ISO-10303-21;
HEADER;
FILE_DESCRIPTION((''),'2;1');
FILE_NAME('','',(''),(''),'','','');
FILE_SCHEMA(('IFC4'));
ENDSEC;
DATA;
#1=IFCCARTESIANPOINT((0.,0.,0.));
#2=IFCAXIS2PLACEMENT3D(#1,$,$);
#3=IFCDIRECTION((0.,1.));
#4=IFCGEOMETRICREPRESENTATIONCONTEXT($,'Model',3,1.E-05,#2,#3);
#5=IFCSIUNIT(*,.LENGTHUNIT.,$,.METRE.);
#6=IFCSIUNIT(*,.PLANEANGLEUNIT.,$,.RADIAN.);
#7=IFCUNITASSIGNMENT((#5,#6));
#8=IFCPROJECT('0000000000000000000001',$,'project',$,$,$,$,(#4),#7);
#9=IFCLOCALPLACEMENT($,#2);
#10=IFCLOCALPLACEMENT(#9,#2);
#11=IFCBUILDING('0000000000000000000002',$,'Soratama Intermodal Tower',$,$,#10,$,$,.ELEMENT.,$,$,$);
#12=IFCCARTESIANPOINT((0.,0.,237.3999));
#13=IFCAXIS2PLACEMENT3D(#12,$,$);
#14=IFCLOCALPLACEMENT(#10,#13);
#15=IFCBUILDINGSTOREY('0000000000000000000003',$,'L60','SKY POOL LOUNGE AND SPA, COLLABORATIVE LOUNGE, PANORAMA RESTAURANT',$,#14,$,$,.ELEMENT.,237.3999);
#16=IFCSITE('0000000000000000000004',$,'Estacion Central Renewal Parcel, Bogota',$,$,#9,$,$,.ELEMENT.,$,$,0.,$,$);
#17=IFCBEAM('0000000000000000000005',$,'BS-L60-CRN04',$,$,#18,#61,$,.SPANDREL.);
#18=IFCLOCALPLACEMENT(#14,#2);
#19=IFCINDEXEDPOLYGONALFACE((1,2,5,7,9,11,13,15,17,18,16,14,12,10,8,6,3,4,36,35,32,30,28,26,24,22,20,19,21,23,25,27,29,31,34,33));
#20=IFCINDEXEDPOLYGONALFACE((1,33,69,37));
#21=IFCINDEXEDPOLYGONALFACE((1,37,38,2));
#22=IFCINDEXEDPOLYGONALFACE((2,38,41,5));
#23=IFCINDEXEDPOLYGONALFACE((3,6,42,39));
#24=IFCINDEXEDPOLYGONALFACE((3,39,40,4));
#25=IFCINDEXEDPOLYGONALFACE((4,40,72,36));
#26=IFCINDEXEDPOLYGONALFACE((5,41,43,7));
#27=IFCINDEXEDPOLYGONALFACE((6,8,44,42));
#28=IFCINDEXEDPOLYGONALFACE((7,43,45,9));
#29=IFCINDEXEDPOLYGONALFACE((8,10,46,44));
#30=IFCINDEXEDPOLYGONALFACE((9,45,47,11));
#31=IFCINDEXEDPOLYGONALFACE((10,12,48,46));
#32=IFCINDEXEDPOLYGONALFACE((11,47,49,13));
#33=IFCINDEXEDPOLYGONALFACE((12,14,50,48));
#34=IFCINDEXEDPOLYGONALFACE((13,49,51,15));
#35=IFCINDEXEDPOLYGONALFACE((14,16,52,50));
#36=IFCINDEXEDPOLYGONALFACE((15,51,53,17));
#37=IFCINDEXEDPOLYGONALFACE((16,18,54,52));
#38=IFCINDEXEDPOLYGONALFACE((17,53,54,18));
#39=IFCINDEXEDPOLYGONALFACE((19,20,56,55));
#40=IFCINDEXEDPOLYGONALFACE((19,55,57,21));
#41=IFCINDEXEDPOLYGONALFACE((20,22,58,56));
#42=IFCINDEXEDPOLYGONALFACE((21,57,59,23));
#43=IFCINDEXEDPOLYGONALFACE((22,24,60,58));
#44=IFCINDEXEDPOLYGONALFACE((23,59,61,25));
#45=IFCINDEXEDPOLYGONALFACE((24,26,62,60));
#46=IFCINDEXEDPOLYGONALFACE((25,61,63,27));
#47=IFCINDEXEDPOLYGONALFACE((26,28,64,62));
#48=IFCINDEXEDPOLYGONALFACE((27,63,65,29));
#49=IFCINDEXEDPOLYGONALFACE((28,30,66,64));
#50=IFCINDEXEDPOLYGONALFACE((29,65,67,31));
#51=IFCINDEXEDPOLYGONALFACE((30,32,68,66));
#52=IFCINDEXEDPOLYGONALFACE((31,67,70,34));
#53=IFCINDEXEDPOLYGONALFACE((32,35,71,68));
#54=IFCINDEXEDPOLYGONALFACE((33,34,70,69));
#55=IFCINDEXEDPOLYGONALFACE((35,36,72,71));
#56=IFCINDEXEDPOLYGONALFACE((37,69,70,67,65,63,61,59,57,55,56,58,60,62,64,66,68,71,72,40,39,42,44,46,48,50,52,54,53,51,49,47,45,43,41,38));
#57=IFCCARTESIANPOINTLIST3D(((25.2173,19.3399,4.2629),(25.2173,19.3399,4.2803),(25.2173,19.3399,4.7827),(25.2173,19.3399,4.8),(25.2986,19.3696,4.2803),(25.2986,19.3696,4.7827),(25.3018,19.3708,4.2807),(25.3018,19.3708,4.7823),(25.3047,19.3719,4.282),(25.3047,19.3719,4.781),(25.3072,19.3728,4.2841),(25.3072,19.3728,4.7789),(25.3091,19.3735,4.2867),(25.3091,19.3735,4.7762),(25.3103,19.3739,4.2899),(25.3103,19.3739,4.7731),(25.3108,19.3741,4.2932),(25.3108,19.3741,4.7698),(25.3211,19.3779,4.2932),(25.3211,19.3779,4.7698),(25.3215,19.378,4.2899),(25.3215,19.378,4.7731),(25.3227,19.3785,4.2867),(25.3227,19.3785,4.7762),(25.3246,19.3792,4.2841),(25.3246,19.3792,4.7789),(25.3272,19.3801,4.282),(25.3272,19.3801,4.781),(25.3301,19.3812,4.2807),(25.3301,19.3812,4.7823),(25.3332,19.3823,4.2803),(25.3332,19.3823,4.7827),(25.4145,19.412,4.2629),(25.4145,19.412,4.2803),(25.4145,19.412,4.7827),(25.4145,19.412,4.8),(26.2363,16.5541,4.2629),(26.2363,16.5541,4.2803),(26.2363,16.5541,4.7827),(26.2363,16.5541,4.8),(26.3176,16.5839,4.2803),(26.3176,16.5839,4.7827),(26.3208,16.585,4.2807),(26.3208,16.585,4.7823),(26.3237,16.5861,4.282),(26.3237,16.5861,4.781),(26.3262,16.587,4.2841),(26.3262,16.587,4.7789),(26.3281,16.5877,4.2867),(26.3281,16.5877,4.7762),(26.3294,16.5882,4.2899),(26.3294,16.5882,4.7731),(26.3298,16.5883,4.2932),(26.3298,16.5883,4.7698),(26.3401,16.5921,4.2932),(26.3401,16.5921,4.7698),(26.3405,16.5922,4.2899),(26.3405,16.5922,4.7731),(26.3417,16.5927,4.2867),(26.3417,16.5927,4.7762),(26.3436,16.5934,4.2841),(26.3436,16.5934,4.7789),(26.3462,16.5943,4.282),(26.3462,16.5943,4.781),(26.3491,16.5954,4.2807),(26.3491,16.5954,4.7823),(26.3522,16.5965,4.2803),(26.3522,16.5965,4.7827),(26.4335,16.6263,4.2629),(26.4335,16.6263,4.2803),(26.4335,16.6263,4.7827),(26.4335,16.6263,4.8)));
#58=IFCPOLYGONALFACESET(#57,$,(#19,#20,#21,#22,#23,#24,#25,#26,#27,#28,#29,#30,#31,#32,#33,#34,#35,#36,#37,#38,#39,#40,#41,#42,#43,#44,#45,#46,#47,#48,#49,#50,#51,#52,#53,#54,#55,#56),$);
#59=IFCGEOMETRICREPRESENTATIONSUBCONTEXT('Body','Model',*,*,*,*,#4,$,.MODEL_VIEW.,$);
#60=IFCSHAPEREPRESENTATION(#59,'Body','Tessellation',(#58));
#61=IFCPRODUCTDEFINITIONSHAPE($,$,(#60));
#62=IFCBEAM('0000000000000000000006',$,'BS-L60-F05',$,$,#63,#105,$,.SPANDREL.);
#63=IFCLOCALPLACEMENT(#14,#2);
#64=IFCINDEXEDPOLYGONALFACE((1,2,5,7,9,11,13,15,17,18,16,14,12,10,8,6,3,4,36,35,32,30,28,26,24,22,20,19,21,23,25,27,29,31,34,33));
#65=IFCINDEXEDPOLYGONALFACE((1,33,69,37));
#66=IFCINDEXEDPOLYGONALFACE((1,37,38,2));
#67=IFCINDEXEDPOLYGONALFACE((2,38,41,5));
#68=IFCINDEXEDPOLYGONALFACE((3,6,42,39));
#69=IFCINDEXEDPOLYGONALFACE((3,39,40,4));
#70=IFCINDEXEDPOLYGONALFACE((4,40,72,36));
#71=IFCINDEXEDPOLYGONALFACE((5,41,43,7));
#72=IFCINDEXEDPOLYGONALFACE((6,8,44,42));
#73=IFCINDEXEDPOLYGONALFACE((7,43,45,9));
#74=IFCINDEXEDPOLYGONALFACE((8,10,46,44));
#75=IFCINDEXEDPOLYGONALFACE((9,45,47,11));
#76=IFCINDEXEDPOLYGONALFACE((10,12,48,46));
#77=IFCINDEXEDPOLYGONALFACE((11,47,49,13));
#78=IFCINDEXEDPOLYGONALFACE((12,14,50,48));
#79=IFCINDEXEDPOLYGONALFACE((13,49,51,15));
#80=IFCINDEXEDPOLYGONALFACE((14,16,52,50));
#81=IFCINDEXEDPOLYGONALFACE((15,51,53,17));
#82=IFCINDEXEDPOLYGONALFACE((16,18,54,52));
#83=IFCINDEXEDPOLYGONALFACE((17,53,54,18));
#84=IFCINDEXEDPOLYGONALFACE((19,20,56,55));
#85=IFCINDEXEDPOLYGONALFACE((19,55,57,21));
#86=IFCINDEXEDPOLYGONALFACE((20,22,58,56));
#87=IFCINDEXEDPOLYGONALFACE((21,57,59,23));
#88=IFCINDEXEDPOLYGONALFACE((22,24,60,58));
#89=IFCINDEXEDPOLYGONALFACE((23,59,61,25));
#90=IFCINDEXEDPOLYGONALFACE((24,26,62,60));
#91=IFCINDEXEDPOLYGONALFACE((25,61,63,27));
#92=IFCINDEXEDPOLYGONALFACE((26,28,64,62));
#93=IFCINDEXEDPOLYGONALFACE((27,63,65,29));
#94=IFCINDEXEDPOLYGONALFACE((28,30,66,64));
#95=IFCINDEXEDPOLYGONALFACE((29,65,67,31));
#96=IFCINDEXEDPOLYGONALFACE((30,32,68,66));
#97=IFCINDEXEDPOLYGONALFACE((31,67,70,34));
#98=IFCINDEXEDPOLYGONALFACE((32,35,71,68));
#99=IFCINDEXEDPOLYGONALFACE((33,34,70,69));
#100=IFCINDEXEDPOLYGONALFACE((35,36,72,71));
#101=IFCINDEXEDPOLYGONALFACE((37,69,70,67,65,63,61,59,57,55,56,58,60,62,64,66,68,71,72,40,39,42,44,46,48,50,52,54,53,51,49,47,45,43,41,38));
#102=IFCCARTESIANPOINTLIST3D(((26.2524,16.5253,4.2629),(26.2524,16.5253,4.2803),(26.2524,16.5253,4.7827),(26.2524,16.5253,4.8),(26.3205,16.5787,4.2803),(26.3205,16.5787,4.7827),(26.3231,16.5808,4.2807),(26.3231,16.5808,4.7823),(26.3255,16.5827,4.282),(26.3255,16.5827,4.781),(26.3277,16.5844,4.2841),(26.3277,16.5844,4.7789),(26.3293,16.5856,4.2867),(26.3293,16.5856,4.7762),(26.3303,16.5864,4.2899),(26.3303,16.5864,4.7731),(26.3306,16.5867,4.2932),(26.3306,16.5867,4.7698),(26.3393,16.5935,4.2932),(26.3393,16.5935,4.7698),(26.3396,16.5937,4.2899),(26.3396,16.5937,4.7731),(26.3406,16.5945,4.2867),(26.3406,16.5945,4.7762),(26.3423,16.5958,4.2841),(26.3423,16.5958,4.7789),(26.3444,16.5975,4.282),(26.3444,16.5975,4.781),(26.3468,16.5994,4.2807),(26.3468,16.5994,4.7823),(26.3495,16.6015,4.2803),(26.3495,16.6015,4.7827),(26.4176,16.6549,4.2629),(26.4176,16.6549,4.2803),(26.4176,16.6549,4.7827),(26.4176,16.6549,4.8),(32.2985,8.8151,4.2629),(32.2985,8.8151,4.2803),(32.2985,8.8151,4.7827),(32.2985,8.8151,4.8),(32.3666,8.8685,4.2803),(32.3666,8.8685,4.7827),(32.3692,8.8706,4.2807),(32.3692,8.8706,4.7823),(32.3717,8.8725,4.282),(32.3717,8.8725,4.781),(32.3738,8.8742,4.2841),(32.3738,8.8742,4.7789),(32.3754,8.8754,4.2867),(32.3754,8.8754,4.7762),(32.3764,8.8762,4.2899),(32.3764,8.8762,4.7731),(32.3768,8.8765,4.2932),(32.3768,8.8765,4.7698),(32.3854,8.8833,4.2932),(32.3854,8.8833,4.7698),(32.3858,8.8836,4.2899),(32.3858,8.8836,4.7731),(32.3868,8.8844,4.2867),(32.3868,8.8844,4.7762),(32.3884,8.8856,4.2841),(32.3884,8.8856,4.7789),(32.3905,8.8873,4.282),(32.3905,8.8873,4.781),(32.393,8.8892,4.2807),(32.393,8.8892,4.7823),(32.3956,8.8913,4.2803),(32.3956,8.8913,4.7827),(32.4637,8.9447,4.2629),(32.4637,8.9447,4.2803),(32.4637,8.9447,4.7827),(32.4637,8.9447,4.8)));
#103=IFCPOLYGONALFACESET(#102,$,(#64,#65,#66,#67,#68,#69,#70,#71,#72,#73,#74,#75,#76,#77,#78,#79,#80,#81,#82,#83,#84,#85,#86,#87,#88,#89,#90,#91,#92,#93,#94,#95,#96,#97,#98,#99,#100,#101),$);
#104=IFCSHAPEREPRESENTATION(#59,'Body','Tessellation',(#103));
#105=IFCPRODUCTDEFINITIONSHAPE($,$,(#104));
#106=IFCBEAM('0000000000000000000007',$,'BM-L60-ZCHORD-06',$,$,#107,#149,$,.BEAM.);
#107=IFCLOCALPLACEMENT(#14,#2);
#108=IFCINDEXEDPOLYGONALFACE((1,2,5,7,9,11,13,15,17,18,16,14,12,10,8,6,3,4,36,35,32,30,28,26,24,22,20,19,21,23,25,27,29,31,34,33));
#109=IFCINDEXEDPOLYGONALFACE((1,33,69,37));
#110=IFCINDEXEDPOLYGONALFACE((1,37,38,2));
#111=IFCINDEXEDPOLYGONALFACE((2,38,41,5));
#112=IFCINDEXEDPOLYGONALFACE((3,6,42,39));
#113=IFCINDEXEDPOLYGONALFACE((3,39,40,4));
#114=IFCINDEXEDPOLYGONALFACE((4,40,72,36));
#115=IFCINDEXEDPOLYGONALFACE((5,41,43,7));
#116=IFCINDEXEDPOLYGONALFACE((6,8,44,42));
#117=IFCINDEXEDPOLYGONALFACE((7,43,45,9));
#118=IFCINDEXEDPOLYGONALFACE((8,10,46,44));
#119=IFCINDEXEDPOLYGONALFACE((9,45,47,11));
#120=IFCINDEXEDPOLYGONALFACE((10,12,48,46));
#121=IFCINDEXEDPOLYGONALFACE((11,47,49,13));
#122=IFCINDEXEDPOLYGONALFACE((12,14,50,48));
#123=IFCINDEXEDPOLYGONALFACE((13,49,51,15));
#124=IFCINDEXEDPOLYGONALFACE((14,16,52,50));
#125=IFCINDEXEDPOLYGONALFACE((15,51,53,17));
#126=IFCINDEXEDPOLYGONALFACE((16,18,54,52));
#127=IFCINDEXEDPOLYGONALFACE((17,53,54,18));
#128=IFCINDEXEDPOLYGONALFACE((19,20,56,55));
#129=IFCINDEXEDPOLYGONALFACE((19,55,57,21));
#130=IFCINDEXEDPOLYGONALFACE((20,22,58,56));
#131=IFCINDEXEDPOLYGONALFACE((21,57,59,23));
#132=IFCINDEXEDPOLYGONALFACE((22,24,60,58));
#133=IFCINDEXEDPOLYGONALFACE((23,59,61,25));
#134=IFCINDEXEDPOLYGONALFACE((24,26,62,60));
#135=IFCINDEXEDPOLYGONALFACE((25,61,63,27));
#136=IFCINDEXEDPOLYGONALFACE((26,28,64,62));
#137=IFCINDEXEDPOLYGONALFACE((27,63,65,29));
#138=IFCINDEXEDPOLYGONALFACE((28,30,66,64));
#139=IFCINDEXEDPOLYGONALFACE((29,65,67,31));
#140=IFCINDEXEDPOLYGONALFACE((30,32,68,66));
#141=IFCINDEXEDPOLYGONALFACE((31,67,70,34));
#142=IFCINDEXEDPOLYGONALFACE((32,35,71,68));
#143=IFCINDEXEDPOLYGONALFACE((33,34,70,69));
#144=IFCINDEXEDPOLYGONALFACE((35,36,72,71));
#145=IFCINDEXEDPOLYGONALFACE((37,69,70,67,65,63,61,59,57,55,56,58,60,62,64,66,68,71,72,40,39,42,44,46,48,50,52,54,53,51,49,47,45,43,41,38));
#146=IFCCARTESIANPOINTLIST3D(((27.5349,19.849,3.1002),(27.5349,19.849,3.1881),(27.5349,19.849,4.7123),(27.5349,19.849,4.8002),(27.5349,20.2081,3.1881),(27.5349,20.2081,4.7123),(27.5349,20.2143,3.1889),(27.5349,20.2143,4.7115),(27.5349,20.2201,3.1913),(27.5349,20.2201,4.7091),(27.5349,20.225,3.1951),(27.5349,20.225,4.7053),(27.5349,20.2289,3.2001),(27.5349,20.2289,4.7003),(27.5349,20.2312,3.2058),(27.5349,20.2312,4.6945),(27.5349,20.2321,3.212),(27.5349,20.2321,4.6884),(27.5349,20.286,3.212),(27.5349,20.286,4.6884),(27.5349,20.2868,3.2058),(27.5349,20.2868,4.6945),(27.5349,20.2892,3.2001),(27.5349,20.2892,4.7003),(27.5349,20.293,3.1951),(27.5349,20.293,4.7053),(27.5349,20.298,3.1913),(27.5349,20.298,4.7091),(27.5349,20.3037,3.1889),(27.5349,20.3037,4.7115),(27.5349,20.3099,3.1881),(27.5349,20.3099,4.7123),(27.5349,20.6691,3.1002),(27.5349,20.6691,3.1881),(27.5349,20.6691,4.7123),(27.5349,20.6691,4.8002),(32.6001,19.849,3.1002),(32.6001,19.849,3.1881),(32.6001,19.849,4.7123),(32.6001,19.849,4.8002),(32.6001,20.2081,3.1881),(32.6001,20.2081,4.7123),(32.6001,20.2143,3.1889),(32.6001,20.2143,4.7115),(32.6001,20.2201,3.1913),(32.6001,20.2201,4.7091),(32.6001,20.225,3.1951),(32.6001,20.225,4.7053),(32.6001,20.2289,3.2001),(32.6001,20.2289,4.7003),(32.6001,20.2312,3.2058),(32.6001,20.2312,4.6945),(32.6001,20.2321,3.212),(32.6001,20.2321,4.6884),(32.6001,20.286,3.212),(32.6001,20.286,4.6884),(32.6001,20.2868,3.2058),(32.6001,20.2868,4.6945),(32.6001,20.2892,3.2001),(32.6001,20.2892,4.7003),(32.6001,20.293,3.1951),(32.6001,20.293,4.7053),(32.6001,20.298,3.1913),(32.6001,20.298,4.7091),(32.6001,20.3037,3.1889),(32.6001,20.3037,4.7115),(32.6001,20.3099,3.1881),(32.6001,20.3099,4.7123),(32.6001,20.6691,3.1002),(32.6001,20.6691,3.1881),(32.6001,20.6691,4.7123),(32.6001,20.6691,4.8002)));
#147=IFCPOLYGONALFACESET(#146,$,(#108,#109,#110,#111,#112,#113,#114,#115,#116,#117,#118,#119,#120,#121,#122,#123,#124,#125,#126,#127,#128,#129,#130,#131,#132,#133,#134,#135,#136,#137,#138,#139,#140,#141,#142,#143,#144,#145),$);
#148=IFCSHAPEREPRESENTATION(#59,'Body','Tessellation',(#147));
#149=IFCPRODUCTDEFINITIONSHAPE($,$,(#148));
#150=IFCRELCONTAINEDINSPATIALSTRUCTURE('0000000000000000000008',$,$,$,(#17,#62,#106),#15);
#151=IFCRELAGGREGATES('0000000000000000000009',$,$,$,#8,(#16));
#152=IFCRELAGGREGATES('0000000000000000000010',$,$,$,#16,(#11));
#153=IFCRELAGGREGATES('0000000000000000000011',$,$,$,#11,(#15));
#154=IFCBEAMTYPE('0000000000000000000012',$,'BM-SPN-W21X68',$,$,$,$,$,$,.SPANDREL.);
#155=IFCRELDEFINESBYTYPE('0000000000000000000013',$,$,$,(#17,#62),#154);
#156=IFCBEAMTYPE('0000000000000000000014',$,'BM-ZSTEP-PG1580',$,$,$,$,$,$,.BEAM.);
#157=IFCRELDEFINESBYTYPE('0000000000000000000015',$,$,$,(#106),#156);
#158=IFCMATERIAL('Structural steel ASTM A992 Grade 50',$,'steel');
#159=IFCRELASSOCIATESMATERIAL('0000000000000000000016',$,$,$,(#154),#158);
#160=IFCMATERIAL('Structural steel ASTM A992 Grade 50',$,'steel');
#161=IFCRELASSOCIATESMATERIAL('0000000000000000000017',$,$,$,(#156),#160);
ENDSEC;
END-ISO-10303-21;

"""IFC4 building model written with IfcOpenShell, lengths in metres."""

from ifc_helpers import new_model, si_unit, direction, frame, origin, origin_2d, place, context, subcontext, project, spatial, i_section, extrude, material, material_profile, profile_set, type_object, element, save


model = new_model("IFC4")

# Units and contexts
model_context = context("Model", 3, precision=1e-05, world=origin(), true_north=direction((0.0, 1.0)))
body_context = subcontext(model_context, "Body", "Model", "MODEL_VIEW")
ifc_project = project(units=[si_unit("LENGTHUNIT", "METRE"), si_unit("PLANEANGLEUNIT", "RADIAN")], contexts=[model_context])

# Site, building, storey
site_placement = place(None, origin())
site = spatial("IfcSite", under=ifc_project, at=site_placement, Name="Estacion Central Renewal Parcel, Bogota", CompositionType="ELEMENT", RefElevation=0.0)
building_placement = place(site_placement, origin())
building = spatial("IfcBuilding", under=site, at=building_placement, Name="Soratama Intermodal Tower", CompositionType="ELEMENT")
storey_placement = place(building_placement, frame((0.0, 0.0, 237.3999)))
storey = spatial("IfcBuildingStorey", under=building, at=storey_placement, Name="L60", Description="SKY POOL LOUNGE AND SPA, COLLABORATIVE LOUNGE, PANORAMA RESTAURANT", CompositionType="ELEMENT", Elevation=237.3999)

# Beams
ifc_material_1 = material(Name="Structural steel ASTM A992 Grade 50", Category="steel")
ifc_material_profile_1 = material_profile(ifc_material_1, i_section(OverallWidth=0.21, OverallDepth=0.5371, WebThickness=0.011, FlangeThickness=0.0173, FilletRadius=0.0129, at=origin_2d()), Name="W21X68")
ifc_profile_set_1 = profile_set([ifc_material_profile_1], Name="Structural steel ASTM A992 Grade 50")
beam_type_1 = type_object("IfcBeamType", Name="BM-SPN-W21X68", PredefinedType="SPANDREL", material=ifc_profile_set_1)
beam_1_placement = place(storey_placement, frame((25.3159, 19.376, 4.5315), z_axis=(0.343527, -0.939143, 0.0), x_axis=(0.939143, 0.343527, 0.0)))
element("IfcBeam", 1, at=beam_1_placement, inside=storey, type_object=beam_type_1, Name="BS-L60-CRN04", PredefinedType="SPANDREL", context=body_context, shape_type="SweptSolid", body=[
    extrude(i_section(OverallWidth=0.21, OverallDepth=0.5371, WebThickness=0.011, FlangeThickness=0.0173, FilletRadius=0.0129, at=origin_2d()), origin(), (0.0, 0.0, 1.0), 2.9663),
])
beam_2_placement = place(storey_placement, frame((26.335, 16.5901, 4.5315), z_axis=(0.617072, -0.786907, 0.0), x_axis=(0.786907, 0.617072, 0.0)))
element("IfcBeam", 2, at=beam_2_placement, inside=storey, type_object=beam_type_1, Name="BS-L60-F05", PredefinedType="SPANDREL", context=body_context, shape_type="SweptSolid", body=[
    extrude(i_section(OverallWidth=0.21, OverallDepth=0.5371, WebThickness=0.011, FlangeThickness=0.0173, FilletRadius=0.0129, at=origin_2d()), origin(), (0.0, 0.0, 1.0), 9.7981),
])
ifc_material_2 = material(Name="Structural steel ASTM A992 Grade 50", Category="steel")
ifc_material_profile_2 = material_profile(ifc_material_2, i_section(OverallWidth=0.8201, OverallDepth=1.7, WebThickness=0.054, FlangeThickness=0.0879, FilletRadius=0.0239, at=origin_2d()), Name="PG1580X800")
ifc_profile_set_2 = profile_set([ifc_material_profile_2], Name="Structural steel ASTM A992 Grade 50")
beam_type_2 = type_object("IfcBeamType", Name="BM-ZSTEP-PG1580", PredefinedType="BEAM", material=ifc_profile_set_2)
beam_3_placement = place(storey_placement, frame((27.5349, 20.259, 3.9502), z_axis=(1.0, 0.0, 0.0), x_axis=(0.0, 1.0, 0.0)))
element("IfcBeam", 3, at=beam_3_placement, inside=storey, type_object=beam_type_2, Name="BM-L60-ZCHORD-06", PredefinedType="BEAM", context=body_context, shape_type="SweptSolid", body=[
    extrude(i_section(OverallWidth=0.8201, OverallDepth=1.7, WebThickness=0.054, FlangeThickness=0.0879, FilletRadius=0.0239, at=origin_2d()), origin(), (0.0, 0.0, 1.0), 5.0652),
])

save(model, "model.ifc")
